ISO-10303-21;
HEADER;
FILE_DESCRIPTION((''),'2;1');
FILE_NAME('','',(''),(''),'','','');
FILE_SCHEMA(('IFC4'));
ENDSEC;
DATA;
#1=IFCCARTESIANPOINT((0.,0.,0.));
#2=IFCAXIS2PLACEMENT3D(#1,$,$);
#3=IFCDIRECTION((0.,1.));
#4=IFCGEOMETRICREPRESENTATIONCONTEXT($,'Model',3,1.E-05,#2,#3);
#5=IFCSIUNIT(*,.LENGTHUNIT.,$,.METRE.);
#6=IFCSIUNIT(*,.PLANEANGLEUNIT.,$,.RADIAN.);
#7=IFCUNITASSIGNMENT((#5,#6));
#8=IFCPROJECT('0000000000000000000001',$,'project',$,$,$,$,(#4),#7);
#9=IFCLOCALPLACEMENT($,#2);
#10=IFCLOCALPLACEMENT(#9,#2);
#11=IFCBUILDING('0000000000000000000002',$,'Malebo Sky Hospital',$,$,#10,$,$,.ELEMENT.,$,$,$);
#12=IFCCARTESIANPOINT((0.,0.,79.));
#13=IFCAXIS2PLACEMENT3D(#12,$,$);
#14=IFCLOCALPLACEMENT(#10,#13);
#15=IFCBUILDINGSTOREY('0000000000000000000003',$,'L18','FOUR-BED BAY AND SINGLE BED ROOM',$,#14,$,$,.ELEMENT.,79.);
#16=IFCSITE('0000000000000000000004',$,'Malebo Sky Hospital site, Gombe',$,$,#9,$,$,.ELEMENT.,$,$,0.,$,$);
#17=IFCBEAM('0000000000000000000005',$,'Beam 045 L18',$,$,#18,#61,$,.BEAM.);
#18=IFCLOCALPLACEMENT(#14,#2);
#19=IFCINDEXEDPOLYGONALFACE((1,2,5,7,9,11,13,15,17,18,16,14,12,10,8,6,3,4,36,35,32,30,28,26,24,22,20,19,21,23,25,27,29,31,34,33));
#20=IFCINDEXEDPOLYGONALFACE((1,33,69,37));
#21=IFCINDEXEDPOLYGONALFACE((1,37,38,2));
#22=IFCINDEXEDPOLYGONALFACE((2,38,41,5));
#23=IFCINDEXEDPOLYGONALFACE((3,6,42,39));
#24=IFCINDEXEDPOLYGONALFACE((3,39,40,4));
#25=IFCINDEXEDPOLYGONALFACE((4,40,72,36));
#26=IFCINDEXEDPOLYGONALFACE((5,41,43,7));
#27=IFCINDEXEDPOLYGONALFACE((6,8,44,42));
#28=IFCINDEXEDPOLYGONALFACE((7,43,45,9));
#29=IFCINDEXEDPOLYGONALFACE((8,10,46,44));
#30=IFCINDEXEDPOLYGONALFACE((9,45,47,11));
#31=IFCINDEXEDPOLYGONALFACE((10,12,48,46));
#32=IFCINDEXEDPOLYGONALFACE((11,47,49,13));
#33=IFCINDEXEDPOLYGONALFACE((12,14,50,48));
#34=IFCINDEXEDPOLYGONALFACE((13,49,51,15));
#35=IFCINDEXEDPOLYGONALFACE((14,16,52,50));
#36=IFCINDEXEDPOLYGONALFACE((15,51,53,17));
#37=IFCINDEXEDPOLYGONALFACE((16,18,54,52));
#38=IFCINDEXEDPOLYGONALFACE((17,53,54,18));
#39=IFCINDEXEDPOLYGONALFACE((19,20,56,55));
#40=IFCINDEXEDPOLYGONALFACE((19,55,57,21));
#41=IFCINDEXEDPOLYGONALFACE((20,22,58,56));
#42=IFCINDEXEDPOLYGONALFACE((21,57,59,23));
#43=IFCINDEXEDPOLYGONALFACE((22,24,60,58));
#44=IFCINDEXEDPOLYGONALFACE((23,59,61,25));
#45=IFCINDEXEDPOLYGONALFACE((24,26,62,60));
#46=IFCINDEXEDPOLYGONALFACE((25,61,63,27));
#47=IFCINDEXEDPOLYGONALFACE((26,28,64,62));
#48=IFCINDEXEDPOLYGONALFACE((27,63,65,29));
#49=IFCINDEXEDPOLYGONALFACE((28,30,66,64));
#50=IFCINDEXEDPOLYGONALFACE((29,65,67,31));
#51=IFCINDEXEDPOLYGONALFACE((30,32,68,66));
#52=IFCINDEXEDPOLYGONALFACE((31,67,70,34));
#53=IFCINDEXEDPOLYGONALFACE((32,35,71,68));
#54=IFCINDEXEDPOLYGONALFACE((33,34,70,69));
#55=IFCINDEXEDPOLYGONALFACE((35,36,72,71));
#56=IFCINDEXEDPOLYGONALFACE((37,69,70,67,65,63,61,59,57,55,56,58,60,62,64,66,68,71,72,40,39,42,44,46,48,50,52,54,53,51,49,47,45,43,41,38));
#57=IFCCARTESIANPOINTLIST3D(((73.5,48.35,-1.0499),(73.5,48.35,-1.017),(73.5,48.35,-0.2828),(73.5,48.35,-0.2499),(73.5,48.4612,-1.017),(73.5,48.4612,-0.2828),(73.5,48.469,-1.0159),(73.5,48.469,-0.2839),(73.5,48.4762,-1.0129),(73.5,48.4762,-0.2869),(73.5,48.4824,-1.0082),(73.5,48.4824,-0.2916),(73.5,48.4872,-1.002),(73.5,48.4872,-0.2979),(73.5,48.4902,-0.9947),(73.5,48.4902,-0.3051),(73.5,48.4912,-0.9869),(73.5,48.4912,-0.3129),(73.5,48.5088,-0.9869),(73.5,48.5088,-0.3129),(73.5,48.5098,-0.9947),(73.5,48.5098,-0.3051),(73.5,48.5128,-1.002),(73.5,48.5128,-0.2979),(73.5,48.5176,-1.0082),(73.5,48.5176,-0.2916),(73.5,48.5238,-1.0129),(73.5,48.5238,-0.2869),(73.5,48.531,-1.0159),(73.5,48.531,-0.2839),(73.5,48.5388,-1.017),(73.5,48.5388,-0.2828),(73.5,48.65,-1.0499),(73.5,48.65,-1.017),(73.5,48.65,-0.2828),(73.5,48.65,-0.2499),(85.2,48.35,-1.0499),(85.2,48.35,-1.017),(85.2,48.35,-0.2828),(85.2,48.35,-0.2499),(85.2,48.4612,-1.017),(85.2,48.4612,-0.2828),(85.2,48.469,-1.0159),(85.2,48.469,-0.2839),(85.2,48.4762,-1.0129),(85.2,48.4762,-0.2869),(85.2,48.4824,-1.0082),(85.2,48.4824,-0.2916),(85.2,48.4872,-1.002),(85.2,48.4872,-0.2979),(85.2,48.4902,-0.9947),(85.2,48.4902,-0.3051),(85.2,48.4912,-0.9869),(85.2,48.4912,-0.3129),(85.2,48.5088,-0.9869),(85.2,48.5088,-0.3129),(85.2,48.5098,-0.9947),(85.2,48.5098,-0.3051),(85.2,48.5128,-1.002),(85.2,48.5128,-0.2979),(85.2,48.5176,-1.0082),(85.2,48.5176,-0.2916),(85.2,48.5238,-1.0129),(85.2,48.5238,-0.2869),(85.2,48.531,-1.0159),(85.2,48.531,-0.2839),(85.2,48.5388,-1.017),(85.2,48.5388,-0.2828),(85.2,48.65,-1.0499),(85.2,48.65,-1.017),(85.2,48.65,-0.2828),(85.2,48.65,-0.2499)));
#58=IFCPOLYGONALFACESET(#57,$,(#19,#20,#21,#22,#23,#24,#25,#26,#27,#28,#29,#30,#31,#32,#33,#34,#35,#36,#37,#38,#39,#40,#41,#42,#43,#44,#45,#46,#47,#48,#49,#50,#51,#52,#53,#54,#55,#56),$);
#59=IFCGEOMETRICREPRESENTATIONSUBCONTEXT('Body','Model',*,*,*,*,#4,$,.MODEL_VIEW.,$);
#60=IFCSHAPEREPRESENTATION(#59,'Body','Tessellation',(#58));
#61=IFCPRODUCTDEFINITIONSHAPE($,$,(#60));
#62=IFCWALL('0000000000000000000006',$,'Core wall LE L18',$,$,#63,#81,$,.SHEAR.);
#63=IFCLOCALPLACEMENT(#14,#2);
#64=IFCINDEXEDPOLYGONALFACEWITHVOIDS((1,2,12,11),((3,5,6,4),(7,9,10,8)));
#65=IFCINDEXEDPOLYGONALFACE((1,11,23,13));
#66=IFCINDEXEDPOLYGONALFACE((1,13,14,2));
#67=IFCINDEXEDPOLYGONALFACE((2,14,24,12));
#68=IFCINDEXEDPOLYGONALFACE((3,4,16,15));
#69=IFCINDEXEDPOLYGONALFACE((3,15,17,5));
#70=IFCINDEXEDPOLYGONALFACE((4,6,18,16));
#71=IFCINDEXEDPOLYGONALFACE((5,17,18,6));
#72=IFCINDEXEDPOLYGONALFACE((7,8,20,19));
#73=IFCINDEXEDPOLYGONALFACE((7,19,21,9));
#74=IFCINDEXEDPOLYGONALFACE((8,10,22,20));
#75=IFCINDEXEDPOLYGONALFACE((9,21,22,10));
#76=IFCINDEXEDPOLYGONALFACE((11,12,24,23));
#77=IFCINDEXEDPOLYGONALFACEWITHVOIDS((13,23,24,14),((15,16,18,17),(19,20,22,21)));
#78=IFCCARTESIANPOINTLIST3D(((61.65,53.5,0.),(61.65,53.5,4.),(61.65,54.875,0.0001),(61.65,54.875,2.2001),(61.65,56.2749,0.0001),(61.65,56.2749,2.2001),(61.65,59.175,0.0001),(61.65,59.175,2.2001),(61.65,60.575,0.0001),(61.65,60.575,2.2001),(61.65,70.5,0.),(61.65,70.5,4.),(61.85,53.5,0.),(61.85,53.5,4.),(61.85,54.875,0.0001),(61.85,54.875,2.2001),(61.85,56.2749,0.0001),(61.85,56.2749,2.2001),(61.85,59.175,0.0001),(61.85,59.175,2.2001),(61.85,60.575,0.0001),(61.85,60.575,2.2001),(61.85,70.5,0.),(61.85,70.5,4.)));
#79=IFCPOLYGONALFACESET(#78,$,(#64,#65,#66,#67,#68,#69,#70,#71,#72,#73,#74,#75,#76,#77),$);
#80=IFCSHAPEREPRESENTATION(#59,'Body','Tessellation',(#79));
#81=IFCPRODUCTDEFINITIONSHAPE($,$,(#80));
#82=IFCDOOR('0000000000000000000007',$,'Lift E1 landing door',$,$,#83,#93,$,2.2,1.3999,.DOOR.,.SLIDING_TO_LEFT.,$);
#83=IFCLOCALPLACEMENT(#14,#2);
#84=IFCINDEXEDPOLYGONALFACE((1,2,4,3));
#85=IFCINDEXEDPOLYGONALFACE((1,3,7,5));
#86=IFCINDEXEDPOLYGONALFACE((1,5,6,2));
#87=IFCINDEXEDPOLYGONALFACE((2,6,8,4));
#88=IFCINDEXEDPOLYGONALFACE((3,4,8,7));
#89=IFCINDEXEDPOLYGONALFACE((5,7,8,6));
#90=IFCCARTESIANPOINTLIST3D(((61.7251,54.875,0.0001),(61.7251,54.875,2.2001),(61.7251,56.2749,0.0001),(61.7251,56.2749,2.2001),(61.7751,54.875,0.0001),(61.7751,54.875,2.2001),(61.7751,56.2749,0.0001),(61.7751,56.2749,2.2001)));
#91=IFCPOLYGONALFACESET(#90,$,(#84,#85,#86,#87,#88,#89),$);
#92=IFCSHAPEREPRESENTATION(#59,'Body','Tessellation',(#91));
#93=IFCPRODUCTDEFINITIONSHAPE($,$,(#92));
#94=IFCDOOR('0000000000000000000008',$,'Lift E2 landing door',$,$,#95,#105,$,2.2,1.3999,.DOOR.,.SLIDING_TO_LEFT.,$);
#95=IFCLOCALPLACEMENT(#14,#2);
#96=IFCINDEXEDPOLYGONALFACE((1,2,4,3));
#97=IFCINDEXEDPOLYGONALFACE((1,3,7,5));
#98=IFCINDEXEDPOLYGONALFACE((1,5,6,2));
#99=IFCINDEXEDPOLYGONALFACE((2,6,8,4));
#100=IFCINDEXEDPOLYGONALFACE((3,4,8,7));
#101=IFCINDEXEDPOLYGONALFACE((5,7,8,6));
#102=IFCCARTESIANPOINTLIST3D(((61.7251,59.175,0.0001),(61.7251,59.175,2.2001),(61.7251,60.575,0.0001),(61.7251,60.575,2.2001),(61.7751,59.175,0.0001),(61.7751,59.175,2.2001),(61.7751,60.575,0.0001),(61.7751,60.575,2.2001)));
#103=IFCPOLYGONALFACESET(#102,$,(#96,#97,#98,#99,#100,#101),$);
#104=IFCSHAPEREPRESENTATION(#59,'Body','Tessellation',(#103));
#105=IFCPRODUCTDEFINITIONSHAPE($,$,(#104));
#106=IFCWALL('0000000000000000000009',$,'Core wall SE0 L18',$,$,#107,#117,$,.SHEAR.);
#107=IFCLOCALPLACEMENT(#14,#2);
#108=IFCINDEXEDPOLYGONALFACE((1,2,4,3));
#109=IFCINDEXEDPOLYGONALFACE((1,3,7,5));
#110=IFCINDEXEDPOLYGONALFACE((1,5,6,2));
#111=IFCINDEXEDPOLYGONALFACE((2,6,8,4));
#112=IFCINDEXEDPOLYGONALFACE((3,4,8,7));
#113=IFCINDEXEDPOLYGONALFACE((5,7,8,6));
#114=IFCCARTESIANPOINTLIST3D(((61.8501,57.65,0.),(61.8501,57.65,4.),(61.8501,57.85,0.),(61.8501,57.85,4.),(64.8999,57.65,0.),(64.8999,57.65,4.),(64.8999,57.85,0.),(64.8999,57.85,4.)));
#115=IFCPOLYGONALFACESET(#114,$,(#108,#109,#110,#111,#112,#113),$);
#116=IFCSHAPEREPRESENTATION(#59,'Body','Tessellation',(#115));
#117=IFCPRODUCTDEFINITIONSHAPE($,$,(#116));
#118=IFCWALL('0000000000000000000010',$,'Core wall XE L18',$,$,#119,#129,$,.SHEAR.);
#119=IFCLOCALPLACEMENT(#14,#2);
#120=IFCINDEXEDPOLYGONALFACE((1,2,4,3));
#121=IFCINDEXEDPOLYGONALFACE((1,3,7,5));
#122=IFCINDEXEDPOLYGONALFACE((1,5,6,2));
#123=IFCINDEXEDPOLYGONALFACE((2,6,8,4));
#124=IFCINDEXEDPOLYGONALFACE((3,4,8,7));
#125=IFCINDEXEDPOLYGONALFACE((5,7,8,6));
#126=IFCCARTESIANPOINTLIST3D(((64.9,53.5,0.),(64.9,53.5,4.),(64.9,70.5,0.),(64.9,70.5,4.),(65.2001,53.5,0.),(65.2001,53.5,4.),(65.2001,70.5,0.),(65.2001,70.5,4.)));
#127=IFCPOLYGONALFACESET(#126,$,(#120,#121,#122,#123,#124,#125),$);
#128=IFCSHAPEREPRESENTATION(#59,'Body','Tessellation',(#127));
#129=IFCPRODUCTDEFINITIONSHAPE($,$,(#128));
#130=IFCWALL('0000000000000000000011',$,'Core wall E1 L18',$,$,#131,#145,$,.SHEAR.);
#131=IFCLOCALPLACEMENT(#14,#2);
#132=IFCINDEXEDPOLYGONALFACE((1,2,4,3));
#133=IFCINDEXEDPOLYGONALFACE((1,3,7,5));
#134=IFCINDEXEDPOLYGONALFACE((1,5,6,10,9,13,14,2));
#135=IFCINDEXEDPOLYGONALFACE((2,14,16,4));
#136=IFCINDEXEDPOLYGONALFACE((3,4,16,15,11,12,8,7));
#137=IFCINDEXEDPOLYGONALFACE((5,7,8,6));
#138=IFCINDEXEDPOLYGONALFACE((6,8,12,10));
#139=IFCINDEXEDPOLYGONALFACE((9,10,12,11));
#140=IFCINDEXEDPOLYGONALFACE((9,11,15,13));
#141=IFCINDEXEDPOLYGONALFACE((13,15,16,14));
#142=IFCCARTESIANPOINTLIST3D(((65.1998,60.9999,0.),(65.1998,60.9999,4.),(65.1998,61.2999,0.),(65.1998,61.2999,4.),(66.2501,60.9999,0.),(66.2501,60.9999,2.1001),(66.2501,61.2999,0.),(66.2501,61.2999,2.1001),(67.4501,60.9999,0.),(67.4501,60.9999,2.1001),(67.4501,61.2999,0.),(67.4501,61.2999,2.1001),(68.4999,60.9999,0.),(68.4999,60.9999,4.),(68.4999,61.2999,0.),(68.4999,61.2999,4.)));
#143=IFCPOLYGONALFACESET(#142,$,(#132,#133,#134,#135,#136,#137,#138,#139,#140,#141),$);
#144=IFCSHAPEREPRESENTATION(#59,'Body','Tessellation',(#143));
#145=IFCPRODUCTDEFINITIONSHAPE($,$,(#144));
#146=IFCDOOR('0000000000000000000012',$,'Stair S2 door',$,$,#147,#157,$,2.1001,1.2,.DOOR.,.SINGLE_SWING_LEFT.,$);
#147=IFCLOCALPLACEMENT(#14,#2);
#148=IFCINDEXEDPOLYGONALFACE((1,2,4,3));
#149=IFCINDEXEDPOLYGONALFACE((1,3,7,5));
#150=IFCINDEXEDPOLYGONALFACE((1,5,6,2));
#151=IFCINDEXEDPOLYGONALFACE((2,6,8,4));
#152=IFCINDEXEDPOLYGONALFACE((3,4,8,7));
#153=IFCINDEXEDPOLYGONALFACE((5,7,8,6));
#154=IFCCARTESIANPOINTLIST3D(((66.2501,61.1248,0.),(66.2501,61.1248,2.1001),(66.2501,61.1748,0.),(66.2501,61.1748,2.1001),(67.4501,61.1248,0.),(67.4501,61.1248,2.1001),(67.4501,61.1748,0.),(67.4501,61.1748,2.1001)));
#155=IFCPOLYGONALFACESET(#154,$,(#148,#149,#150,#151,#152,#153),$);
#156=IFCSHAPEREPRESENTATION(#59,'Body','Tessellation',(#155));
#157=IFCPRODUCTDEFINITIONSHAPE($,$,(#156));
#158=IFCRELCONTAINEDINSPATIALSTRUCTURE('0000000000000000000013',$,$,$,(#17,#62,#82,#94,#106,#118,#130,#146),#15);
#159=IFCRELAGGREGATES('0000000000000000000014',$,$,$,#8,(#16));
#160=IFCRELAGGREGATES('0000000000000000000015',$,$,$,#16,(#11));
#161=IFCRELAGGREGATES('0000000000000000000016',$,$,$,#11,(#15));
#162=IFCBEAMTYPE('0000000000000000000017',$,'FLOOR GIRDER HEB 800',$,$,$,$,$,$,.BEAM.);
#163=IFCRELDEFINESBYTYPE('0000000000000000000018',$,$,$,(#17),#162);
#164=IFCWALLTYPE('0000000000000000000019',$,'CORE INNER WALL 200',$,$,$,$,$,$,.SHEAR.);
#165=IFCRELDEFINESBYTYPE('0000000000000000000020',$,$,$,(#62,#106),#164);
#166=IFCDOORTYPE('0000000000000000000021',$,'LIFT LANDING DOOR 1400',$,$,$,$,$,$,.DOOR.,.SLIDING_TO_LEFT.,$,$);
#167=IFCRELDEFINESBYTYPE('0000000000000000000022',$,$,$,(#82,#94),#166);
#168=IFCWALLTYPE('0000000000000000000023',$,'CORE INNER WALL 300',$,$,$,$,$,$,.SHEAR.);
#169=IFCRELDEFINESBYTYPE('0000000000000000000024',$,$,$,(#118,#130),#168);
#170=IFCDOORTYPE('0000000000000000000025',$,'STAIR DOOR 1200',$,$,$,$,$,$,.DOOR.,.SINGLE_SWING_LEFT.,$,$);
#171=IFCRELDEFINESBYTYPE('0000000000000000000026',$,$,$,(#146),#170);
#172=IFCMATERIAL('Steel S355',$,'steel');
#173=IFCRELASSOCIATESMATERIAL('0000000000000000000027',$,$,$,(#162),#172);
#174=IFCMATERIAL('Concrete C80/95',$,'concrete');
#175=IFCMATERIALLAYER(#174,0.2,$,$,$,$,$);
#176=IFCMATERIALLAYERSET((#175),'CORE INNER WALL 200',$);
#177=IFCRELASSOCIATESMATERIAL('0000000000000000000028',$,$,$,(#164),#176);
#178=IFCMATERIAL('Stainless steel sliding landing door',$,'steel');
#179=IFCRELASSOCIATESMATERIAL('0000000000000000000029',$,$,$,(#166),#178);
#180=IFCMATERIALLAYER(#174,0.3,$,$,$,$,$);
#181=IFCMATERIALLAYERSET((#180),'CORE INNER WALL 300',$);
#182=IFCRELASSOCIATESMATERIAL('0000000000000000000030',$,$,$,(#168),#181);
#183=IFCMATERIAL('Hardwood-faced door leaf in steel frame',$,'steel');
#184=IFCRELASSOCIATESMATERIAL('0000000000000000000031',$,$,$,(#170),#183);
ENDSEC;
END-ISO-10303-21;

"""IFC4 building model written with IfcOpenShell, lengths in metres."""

from ifc_helpers import new_model, si_unit, direction, frame, frame_2d, origin, origin_2d, place, context, subcontext, project, spatial, rectangle, i_section, extrude, material, layer, layer_set, material_profile, profile_set, type_object, element, fill, save


model = new_model("IFC4")

# Units and contexts
model_context = context("Model", 3, precision=1e-05, world=origin(), true_north=direction((0.0, 1.0)))
body_context = subcontext(model_context, "Body", "Model", "MODEL_VIEW")
ifc_project = project(units=[si_unit("LENGTHUNIT", "METRE"), si_unit("PLANEANGLEUNIT", "RADIAN")], contexts=[model_context])

# Site, building, storey
site_placement = place(None, origin())
site = spatial("IfcSite", under=ifc_project, at=site_placement, Name="Malebo Sky Hospital site, Gombe", CompositionType="ELEMENT", RefElevation=0.0)
building_placement = place(site_placement, origin())
building = spatial("IfcBuilding", under=site, at=building_placement, Name="Malebo Sky Hospital", CompositionType="ELEMENT")
storey_placement = place(building_placement, frame((0.0, 0.0, 79.0)))
storey = spatial("IfcBuildingStorey", under=building, at=storey_placement, Name="L18", Description="FOUR-BED BAY AND SINGLE BED ROOM", CompositionType="ELEMENT", Elevation=79.0)

# Beam
ifc_material_1 = material(Name="Steel S355", Category="steel")
ifc_material_profile_1 = material_profile(ifc_material_1, i_section(OverallWidth=0.3, OverallDepth=0.8, WebThickness=0.0176, FlangeThickness=0.033, FilletRadius=0.03, at=origin_2d()), Name="HEB 800")
ifc_profile_set_1 = profile_set([ifc_material_profile_1], Name="Steel S355")
beam_type_1 = type_object("IfcBeamType", Name="FLOOR GIRDER HEB 800", PredefinedType="BEAM", material=ifc_profile_set_1)
beam_placement = place(storey_placement, frame((73.5, 48.5, -0.6499), z_axis=(1.0, 0.0, 0.0), x_axis=(0.0, 1.0, 0.0)))
element("IfcBeam", 1, at=beam_placement, inside=storey, type_object=beam_type_1, Name="Beam 045 L18", PredefinedType="BEAM", context=body_context, shape_type="SweptSolid", body=[
    extrude(i_section(OverallWidth=0.3, OverallDepth=0.8, WebThickness=0.0176, FlangeThickness=0.033, FilletRadius=0.03, at=origin_2d()), origin(), (0.0, 0.0, 1.0), 11.7),
])

# Wall, openings, doors
ifc_material_2 = material(Name="Concrete C80/95", Category="concrete")
ifc_layer_1 = layer(ifc_material_2, 0.2)
ifc_layer_set_1 = layer_set([ifc_layer_1], Name="CORE INNER WALL 200")
wall_type_1 = type_object("IfcWallType", Name="CORE INNER WALL 200", PredefinedType="SHEAR", material=ifc_layer_set_1)
wall_1_placement = place(storey_placement, frame((61.75, 53.5, 0.0), z_axis=(0.0, 0.0, 1.0), x_axis=(0.0, 1.0, 0.0)))
wall_1 = element("IfcWall", 2, at=wall_1_placement, inside=storey, type_object=wall_type_1, Name="Core wall LE L18", PredefinedType="SHEAR", context=body_context, shape_type="SweptSolid", body=[
    extrude(rectangle(XDim=17.0, YDim=0.2, at=frame_2d((8.5, 0.0))), origin(), (0.0, 0.0, 1.0), 4.0),
])
opening_1_placement = place(wall_1_placement, frame((1.375, 0.0, 0.0)))
opening_1 = element("IfcOpeningElement", 3, at=opening_1_placement, cuts=wall_1, PredefinedType="OPENING", context=body_context, shape_type="SweptSolid", body=[
    extrude(rectangle(XDim=1.3999, YDim=2.2, at=frame_2d((0.7, 1.1001))), frame((0.0, 0.1099, 0.0), z_axis=(0.0, -1.0, 0.0), x_axis=(1.0, 0.0, 0.0)), (0.0, 0.0, 1.0), 0.22),
])
opening_2_placement = place(wall_1_placement, frame((5.675, 0.0, 0.0)))
opening_2 = element("IfcOpeningElement", 4, at=opening_2_placement, cuts=wall_1, PredefinedType="OPENING", context=body_context, shape_type="SweptSolid", body=[
    extrude(rectangle(XDim=1.3999, YDim=2.2, at=frame_2d((0.7, 1.1001))), frame((0.0, 0.1099, 0.0), z_axis=(0.0, -1.0, 0.0), x_axis=(1.0, 0.0, 0.0)), (0.0, 0.0, 1.0), 0.22),
])
ifc_material_3 = material(Name="Stainless steel sliding landing door", Category="steel")
door_type_1 = type_object("IfcDoorType", Name="LIFT LANDING DOOR 1400", OperationType="SLIDING_TO_LEFT", PredefinedType="DOOR", material=ifc_material_3)
door_1_placement = place(opening_1_placement, origin())
door_1 = element("IfcDoor", 5, at=door_1_placement, inside=storey, type_object=door_type_1, Name="Lift E1 landing door", OperationType="SLIDING_TO_LEFT", OverallHeight=2.2, OverallWidth=1.3999, PredefinedType="DOOR", context=body_context, shape_type="SweptSolid", body=[
    extrude(rectangle(XDim=1.3999, YDim=2.2, at=frame_2d((0.7, 1.1001))), frame((0.0, 0.0249, 0.0), z_axis=(0.0, -1.0, 0.0), x_axis=(1.0, 0.0, 0.0)), (0.0, 0.0, 1.0), 0.05),
])
fill(opening_1, door_1)
door_2_placement = place(opening_2_placement, origin())
door_2 = element("IfcDoor", 6, at=door_2_placement, inside=storey, type_object=door_type_1, Name="Lift E2 landing door", OperationType="SLIDING_TO_LEFT", OverallHeight=2.2, OverallWidth=1.3999, PredefinedType="DOOR", context=body_context, shape_type="SweptSolid", body=[
    extrude(rectangle(XDim=1.3999, YDim=2.2, at=frame_2d((0.7, 1.1001))), frame((0.0, 0.0249, 0.0), z_axis=(0.0, -1.0, 0.0), x_axis=(1.0, 0.0, 0.0)), (0.0, 0.0, 1.0), 0.05),
])
fill(opening_2, door_2)

# Walls
wall_2_placement = place(storey_placement, frame((61.8501, 57.75, 0.0), z_axis=(0.0, 0.0, 1.0), x_axis=(1.0, 0.0, 0.0)))
element("IfcWall", 7, at=wall_2_placement, inside=storey, type_object=wall_type_1, Name="Core wall SE0 L18", PredefinedType="SHEAR", context=body_context, shape_type="SweptSolid", body=[
    extrude(rectangle(XDim=3.0498, YDim=0.2, at=frame_2d((1.5249, 0.0))), origin(), (0.0, 0.0, 1.0), 4.0),
])
ifc_layer_2 = layer(ifc_material_2, 0.3)
ifc_layer_set_2 = layer_set([ifc_layer_2], Name="CORE INNER WALL 300")
wall_type_2 = type_object("IfcWallType", Name="CORE INNER WALL 300", PredefinedType="SHEAR", material=ifc_layer_set_2)
wall_3_placement = place(storey_placement, frame((65.05, 53.5, 0.0), z_axis=(0.0, 0.0, 1.0), x_axis=(0.0, 1.0, 0.0)))
element("IfcWall", 8, at=wall_3_placement, inside=storey, type_object=wall_type_2, Name="Core wall XE L18", PredefinedType="SHEAR", context=body_context, shape_type="SweptSolid", body=[
    extrude(rectangle(XDim=17.0, YDim=0.3, at=frame_2d((8.5, 0.0))), origin(), (0.0, 0.0, 1.0), 4.0),
])

# Wall, opening, door
wall_4_placement = place(storey_placement, frame((65.2, 61.1499, 0.0), z_axis=(0.0, 0.0, 1.0), x_axis=(1.0, 0.0, 0.0)))
wall_4 = element("IfcWall", 9, at=wall_4_placement, inside=storey, type_object=wall_type_2, Name="Core wall E1 L18", PredefinedType="SHEAR", context=body_context, shape_type="SweptSolid", body=[
    extrude(rectangle(XDim=3.3, YDim=0.3, at=frame_2d((1.6499, 0.0))), origin(), (0.0, 0.0, 1.0), 4.0),
])
opening_3_placement = place(wall_4_placement, frame((1.05, 0.0, 0.0)))
opening_3 = element("IfcOpeningElement", 10, at=opening_3_placement, cuts=wall_4, PredefinedType="OPENING", context=body_context, shape_type="SweptSolid", body=[
    extrude(rectangle(XDim=1.2, YDim=2.1001, at=frame_2d((0.6001, 1.05))), frame((0.0, 0.1599, 0.0), z_axis=(0.0, -1.0, 0.0), x_axis=(1.0, 0.0, 0.0)), (0.0, 0.0, 1.0), 0.3201),
])
ifc_material_4 = material(Name="Hardwood-faced door leaf in steel frame", Category="steel")
door_type_2 = type_object("IfcDoorType", Name="STAIR DOOR 1200", OperationType="SINGLE_SWING_LEFT", PredefinedType="DOOR", material=ifc_material_4)
door_3_placement = place(opening_3_placement, origin())
door_3 = element("IfcDoor", 11, at=door_3_placement, inside=storey, type_object=door_type_2, Name="Stair S2 door", OperationType="SINGLE_SWING_LEFT", OverallHeight=2.1001, OverallWidth=1.2, PredefinedType="DOOR", context=body_context, shape_type="SweptSolid", body=[
    extrude(rectangle(XDim=1.2, YDim=2.1001, at=frame_2d((0.6001, 1.05))), frame((0.0, 0.0249, 0.0), z_axis=(0.0, -1.0, 0.0), x_axis=(1.0, 0.0, 0.0)), (0.0, 0.0, 1.0), 0.05),
])
fill(opening_3, door_3)

save(model, "model.ifc")
